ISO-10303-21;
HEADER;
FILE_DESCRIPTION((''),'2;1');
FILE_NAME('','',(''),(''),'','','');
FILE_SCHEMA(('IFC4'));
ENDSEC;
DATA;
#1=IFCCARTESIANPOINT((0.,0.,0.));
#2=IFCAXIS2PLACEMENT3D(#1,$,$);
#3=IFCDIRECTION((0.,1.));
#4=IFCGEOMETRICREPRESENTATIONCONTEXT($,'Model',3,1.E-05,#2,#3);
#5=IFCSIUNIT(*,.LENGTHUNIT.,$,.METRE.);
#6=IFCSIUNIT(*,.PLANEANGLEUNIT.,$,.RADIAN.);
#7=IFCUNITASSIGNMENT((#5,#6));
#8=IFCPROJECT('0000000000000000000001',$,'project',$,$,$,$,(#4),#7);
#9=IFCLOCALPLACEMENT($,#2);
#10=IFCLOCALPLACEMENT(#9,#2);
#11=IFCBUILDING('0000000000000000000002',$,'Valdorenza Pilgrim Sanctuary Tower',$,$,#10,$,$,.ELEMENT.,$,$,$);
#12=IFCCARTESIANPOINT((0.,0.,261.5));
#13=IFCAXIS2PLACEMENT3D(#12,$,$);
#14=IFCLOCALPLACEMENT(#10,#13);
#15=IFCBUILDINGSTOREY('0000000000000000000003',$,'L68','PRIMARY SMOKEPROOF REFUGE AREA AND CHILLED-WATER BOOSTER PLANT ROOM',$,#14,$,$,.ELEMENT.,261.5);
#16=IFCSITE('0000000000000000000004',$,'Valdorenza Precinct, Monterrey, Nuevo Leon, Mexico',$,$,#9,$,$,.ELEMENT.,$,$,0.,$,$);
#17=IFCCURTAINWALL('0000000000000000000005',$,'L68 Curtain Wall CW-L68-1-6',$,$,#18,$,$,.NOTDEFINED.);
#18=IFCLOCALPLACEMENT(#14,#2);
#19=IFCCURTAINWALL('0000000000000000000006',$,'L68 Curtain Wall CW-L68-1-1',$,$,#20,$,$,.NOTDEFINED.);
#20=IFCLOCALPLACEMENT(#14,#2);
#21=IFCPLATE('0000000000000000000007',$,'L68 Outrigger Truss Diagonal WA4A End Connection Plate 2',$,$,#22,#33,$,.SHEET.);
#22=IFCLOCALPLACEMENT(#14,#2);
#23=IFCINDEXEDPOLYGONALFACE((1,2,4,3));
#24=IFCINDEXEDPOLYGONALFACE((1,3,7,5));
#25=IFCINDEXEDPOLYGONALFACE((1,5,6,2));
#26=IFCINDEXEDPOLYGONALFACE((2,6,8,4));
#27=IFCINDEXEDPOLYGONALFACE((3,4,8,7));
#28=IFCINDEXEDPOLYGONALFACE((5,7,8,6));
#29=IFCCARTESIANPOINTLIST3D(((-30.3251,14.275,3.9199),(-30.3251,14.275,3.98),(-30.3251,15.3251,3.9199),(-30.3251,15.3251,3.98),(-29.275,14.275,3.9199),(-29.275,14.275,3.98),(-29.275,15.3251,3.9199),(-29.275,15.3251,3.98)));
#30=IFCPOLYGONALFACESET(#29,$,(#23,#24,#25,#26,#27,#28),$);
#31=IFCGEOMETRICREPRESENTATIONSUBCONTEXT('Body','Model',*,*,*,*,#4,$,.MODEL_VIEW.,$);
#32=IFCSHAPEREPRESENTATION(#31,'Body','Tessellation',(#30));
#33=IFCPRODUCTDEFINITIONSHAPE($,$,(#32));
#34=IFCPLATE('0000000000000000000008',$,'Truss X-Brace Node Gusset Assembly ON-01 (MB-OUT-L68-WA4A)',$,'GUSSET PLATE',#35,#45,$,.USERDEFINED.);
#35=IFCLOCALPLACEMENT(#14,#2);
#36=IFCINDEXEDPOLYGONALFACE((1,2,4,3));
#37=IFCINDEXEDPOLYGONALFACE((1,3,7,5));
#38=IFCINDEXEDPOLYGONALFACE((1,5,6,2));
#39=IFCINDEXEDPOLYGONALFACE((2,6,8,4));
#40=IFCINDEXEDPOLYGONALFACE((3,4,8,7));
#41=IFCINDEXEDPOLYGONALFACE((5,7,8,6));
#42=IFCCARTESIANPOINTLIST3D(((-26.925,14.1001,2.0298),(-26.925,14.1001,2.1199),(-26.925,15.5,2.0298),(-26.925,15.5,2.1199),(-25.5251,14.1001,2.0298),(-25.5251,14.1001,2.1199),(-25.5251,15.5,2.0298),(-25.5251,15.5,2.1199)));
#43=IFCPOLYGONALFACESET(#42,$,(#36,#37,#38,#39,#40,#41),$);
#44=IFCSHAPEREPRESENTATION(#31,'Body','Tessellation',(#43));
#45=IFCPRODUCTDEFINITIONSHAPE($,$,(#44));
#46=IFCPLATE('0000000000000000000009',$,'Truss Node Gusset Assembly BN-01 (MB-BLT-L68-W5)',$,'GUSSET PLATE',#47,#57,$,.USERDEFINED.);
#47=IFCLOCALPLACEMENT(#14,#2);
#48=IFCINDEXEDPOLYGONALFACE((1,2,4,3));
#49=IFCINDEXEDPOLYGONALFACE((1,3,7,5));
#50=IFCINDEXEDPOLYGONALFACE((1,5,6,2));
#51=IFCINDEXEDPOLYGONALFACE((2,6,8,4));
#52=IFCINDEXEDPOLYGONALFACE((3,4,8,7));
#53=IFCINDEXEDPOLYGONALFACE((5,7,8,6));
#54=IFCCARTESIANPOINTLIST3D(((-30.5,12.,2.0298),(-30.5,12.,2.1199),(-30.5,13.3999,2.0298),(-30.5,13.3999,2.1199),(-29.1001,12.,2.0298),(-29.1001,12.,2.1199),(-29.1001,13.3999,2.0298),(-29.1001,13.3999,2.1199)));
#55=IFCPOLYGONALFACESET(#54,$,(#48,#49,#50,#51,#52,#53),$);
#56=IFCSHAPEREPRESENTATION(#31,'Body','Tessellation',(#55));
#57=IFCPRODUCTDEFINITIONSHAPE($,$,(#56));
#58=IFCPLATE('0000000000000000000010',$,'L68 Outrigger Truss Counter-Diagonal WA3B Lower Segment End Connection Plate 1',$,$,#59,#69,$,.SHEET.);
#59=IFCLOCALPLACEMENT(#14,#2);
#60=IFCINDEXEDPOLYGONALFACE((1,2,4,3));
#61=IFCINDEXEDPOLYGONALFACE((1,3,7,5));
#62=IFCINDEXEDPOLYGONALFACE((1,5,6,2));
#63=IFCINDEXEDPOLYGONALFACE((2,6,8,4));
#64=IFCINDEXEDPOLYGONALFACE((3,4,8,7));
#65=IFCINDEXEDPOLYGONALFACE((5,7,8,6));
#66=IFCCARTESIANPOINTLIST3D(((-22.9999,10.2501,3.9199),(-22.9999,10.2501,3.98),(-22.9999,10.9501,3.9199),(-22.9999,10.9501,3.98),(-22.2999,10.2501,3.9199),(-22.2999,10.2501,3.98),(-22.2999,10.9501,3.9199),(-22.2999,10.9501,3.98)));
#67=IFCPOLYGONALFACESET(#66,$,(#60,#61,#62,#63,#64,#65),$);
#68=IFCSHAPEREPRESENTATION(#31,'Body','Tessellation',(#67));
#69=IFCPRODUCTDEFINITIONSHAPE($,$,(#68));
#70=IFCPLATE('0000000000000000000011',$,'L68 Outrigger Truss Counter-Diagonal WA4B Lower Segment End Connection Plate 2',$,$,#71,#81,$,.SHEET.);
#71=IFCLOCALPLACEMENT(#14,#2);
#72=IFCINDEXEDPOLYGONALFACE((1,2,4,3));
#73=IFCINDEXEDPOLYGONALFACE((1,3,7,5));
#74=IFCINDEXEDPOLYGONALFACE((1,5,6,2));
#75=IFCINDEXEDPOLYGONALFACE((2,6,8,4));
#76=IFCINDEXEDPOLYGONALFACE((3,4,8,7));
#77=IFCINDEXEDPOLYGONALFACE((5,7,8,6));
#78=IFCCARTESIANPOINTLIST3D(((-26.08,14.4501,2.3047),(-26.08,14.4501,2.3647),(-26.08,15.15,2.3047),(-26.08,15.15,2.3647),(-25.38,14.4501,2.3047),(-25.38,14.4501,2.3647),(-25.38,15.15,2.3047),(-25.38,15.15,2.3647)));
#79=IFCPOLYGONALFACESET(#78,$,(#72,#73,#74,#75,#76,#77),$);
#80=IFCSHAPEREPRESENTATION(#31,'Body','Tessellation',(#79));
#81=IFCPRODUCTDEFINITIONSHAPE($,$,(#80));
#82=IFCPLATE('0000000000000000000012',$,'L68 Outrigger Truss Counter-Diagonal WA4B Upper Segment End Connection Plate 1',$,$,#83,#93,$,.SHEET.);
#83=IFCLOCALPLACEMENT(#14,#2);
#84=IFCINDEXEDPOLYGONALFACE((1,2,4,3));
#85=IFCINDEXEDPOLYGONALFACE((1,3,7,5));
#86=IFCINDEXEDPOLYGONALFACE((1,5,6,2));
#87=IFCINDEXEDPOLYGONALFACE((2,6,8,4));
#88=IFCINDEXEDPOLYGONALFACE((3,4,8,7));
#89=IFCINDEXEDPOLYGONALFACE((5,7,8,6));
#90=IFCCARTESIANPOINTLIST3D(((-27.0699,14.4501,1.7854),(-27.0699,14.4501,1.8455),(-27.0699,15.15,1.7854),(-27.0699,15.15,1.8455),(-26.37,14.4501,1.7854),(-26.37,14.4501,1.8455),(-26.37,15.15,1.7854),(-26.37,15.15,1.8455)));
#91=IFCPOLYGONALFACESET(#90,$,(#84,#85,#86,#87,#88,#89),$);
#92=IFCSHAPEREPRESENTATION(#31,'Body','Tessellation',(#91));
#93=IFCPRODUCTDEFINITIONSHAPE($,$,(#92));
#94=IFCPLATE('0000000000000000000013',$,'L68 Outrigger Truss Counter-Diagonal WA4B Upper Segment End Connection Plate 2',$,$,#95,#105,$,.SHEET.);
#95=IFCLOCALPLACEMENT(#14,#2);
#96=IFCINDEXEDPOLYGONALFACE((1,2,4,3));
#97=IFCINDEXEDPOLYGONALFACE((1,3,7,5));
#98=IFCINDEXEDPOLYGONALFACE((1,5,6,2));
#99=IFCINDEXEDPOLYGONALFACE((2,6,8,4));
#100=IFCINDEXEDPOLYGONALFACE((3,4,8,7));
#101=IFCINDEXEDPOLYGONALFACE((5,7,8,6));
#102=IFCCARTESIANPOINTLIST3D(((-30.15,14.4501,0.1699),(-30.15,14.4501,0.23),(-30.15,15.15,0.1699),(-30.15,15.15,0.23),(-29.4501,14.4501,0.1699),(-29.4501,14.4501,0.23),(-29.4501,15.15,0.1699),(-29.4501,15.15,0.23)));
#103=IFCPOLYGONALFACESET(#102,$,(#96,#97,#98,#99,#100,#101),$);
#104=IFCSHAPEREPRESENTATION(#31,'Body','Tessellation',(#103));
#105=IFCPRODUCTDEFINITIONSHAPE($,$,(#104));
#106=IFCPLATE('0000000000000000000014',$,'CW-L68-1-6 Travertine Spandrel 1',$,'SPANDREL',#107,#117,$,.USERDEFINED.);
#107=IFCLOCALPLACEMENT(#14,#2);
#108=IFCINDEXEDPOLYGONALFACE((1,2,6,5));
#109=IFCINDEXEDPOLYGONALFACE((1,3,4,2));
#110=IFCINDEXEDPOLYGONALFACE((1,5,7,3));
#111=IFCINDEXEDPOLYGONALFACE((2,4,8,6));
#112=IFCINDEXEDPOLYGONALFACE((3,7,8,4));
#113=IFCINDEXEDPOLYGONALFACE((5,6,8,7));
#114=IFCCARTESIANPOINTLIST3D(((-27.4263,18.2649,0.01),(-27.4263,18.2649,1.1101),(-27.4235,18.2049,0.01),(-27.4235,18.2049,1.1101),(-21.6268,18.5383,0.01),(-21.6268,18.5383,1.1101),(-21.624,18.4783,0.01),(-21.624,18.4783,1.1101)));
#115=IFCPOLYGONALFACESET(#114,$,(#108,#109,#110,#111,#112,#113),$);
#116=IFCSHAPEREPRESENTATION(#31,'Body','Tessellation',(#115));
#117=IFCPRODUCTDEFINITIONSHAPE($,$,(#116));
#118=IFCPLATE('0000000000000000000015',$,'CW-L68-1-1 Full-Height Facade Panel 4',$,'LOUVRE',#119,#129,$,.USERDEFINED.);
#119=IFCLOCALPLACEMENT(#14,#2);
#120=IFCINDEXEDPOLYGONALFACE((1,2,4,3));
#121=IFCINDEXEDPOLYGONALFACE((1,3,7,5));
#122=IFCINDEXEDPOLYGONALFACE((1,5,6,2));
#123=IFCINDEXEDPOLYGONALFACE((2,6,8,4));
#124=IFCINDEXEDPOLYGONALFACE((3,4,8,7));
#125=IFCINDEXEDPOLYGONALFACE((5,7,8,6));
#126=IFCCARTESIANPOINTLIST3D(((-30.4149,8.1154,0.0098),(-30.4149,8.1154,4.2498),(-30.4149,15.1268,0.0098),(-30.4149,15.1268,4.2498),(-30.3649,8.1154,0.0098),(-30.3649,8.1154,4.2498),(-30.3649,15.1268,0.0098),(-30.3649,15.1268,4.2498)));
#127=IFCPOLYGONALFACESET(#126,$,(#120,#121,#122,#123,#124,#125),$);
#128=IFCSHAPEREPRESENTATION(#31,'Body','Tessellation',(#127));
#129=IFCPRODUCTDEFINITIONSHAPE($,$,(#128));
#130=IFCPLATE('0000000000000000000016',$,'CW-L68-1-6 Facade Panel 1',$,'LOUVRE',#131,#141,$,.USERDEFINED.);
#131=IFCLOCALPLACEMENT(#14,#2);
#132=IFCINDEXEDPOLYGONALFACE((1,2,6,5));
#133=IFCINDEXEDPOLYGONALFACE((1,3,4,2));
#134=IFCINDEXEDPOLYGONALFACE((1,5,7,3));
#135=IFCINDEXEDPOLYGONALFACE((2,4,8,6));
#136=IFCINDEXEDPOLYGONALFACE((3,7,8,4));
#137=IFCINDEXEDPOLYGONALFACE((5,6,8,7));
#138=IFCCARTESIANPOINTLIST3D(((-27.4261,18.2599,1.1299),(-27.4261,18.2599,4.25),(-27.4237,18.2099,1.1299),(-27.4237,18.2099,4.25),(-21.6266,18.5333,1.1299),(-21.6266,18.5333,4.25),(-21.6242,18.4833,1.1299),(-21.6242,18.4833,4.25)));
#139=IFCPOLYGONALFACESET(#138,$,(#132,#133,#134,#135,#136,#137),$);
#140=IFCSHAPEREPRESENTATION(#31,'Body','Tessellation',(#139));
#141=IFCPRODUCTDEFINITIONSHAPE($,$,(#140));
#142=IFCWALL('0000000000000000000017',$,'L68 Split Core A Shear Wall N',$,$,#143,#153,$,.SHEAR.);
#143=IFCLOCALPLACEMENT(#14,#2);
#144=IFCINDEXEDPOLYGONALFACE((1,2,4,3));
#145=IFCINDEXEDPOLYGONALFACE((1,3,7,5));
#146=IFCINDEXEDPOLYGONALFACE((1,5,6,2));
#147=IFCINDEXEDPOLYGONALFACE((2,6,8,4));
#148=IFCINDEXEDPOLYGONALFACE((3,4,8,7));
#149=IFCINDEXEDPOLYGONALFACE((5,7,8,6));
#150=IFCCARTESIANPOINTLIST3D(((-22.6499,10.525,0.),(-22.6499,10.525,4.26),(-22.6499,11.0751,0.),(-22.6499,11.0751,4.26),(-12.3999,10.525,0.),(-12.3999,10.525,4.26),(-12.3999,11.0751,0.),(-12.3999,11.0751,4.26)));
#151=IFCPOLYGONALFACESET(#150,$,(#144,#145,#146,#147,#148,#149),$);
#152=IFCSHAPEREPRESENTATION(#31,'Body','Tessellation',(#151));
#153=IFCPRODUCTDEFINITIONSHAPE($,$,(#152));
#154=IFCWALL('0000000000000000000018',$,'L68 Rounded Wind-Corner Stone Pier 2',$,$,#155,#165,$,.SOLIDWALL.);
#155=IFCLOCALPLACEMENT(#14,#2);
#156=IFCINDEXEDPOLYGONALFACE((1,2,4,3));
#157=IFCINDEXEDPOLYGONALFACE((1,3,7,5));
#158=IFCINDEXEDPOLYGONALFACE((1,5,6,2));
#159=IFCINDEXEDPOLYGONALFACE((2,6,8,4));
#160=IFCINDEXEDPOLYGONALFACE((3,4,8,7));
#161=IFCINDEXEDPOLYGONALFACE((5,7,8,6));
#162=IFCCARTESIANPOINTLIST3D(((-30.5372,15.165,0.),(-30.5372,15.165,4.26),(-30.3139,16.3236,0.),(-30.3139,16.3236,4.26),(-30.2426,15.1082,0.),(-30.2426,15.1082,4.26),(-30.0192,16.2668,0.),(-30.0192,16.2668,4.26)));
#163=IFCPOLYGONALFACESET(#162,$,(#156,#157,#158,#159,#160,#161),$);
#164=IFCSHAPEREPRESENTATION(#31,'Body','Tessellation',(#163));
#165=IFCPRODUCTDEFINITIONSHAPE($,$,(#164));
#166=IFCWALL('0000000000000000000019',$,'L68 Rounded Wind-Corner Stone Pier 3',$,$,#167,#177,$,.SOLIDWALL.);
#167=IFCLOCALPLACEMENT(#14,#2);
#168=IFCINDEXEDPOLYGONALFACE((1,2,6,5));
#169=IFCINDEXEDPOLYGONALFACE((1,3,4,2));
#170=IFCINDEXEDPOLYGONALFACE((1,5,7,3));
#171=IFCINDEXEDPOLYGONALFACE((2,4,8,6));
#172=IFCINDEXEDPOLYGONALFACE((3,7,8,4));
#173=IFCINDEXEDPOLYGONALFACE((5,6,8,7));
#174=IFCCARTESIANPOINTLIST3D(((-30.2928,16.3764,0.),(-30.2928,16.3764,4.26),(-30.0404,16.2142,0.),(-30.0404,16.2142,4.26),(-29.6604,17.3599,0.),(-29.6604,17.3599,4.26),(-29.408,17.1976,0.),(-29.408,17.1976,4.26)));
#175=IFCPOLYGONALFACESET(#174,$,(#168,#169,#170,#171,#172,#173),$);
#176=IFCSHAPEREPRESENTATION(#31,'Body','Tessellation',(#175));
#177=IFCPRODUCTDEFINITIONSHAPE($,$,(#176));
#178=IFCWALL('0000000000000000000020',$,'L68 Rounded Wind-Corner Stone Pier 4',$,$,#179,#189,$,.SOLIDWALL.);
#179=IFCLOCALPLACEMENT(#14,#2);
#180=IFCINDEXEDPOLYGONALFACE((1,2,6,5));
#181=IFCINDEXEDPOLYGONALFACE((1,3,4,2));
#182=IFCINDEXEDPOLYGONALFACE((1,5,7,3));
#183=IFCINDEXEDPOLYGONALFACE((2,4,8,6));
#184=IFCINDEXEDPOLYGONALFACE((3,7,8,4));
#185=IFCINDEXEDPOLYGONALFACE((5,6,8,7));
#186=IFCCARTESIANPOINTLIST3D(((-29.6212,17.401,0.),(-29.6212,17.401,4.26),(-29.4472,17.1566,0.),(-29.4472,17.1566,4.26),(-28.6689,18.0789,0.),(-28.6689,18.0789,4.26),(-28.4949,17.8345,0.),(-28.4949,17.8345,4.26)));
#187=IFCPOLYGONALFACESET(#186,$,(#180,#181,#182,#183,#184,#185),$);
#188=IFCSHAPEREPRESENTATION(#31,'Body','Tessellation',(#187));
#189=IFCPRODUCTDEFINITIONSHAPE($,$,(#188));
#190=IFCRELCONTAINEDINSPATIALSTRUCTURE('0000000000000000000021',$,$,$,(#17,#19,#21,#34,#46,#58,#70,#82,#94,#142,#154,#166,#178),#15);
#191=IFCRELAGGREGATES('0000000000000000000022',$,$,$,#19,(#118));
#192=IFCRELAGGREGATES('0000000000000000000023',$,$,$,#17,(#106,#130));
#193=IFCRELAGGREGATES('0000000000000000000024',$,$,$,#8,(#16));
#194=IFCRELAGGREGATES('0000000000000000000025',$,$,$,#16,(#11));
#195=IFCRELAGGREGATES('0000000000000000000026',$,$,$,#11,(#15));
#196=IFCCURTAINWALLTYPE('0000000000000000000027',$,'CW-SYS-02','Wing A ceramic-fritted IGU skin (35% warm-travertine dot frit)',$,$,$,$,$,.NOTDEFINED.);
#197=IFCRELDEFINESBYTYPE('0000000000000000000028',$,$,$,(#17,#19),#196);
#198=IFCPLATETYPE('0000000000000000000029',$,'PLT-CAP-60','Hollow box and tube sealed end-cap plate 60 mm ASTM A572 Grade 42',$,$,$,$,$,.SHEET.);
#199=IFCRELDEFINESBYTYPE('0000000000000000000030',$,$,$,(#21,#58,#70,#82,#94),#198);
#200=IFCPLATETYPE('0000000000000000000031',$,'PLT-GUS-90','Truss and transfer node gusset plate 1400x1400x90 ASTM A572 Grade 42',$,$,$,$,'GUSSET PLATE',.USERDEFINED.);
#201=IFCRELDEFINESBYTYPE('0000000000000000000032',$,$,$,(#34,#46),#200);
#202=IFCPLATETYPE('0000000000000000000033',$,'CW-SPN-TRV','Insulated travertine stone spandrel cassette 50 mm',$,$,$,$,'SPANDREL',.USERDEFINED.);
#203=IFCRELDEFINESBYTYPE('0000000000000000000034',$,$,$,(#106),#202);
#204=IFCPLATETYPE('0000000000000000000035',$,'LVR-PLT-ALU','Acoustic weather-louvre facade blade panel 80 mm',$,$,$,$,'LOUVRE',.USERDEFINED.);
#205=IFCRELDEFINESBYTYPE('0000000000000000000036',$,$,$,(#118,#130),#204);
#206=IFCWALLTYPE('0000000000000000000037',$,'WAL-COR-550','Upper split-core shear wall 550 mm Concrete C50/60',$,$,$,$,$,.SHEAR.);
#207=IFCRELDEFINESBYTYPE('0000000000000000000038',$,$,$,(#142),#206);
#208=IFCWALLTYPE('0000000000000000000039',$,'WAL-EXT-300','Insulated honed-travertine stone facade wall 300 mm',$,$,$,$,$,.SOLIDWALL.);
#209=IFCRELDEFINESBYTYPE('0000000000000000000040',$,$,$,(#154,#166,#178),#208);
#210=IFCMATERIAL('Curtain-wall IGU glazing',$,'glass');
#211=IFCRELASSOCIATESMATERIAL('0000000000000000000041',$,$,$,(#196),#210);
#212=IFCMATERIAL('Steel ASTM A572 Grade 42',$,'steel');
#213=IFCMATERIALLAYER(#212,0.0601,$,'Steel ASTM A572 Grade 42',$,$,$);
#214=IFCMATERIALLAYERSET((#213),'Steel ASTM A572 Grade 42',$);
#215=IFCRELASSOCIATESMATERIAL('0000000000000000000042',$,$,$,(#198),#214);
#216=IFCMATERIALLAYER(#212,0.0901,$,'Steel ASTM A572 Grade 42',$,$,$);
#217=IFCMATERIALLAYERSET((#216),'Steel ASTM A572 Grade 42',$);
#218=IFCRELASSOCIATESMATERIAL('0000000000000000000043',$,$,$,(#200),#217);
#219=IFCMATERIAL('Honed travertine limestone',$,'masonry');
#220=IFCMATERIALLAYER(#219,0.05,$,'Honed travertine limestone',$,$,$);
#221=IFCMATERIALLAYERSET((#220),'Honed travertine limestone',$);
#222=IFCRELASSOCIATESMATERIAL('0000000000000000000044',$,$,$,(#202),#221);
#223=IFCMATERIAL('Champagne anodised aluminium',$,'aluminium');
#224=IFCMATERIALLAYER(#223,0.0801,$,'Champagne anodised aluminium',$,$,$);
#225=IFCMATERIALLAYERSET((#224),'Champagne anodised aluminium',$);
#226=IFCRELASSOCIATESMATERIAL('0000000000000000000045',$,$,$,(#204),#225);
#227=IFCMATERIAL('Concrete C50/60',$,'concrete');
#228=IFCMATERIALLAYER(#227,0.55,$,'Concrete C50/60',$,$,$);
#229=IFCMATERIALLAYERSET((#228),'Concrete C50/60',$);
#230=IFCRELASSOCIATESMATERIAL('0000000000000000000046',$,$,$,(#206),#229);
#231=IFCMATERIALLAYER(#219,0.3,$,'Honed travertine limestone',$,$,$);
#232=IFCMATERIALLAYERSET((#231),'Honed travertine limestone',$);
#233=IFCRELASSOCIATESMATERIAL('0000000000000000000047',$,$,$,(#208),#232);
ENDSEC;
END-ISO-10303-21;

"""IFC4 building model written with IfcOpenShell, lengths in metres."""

from ifc_helpers import new_model, si_unit, direction, frame, frame_2d, origin, origin_2d, place, context, subcontext, project, spatial, rectangle, extrude, source, transform, mapped, material, layer, layer_set, type_object, element, aggregate, save


model = new_model("IFC4")

# Units and contexts
model_context = context("Model", 3, precision=1e-05, world=origin(), true_north=direction((0.0, 1.0)))
body_context = subcontext(model_context, "Body", "Model", "MODEL_VIEW")
ifc_project = project(units=[si_unit("LENGTHUNIT", "METRE"), si_unit("PLANEANGLEUNIT", "RADIAN")], contexts=[model_context])

# Site, building, storey
site_placement = place(None, origin())
site = spatial("IfcSite", under=ifc_project, at=site_placement, Name="Valdorenza Precinct, Monterrey, Nuevo Leon, Mexico", CompositionType="ELEMENT", RefElevation=0.0)
building_placement = place(site_placement, origin())
building = spatial("IfcBuilding", under=site, at=building_placement, Name="Valdorenza Pilgrim Sanctuary Tower", CompositionType="ELEMENT")
storey_placement = place(building_placement, frame((0.0, 0.0, 261.5)))
storey = spatial("IfcBuildingStorey", under=building, at=storey_placement, Name="L68", Description="PRIMARY SMOKEPROOF REFUGE AREA AND CHILLED-WATER BOOSTER PLANT ROOM", CompositionType="ELEMENT", Elevation=261.5)

# Shared definitions
ifc_material_1 = material(Name="Concrete C50/60", Category="concrete")

# Shared definitions
ifc_material_2 = material(Name="Steel ASTM A572 Grade 42", Category="steel")

# Curtain walls
ifc_material_3 = material(Name="Curtain-wall IGU glazing", Category="glass")
curtain_wall_type = type_object("IfcCurtainWallType", Name="CW-SYS-02", Description="Wing A ceramic-fritted IGU skin (35% warm-travertine dot frit)", PredefinedType="NOTDEFINED", material=ifc_material_3)
curtain_wall_1_placement = place(storey_placement, origin())
curtain_wall_1 = element("IfcCurtainWall", 1, at=curtain_wall_1_placement, inside=storey, type_object=curtain_wall_type, Name="L68 Curtain Wall CW-L68-1-6", PredefinedType="NOTDEFINED")
curtain_wall_2_placement = place(storey_placement, origin())
curtain_wall_2 = element("IfcCurtainWall", 2, at=curtain_wall_2_placement, inside=storey, type_object=curtain_wall_type, Name="L68 Curtain Wall CW-L68-1-1", PredefinedType="NOTDEFINED")

# Plates
ifc_layer_1 = layer(ifc_material_2, 0.0601, Name="Steel ASTM A572 Grade 42")
ifc_layer_set_1 = layer_set([ifc_layer_1], Name="Steel ASTM A572 Grade 42")
plate_type_1 = type_object("IfcPlateType", Name="PLT-CAP-60", Description="Hollow box and tube sealed end-cap plate 60 mm ASTM A572 Grade 42", PredefinedType="SHEET", material=ifc_layer_set_1)
shared_shape_1 = source(origin(), body_context, "Body", "SweptSolid", [
    extrude(rectangle(XDim=1.05, YDim=1.05, at=origin_2d()), origin(), (0.0, 0.0, 1.0), 0.0601),
])
for number, where, z_axis, x_axis, name in (
    (3, (-29.8, 14.8, 3.9199), (0.0, 0.0, 1.0), (1.0, 0.0, 0.0), "L68 Outrigger Truss Diagonal WA4A End Connection Plate 2"),
):
    element("IfcPlate", number, at=place(storey_placement, frame(where, z_axis=z_axis, x_axis=x_axis)), inside=storey, type_object=plate_type_1, Name=name, PredefinedType="SHEET", context=body_context, shape_type="MappedRepresentation", body=[
        mapped(shared_shape_1, transform((0.0, 0.0, 0.0), x_axis=(1.0, 0.0, 0.0), y_axis=(0.0, 1.0, 0.0), z_axis=(0.0, 0.0, 1.0), scale=1.0)),
    ])
ifc_layer_2 = layer(ifc_material_2, 0.0901, Name="Steel ASTM A572 Grade 42")
ifc_layer_set_2 = layer_set([ifc_layer_2], Name="Steel ASTM A572 Grade 42")
plate_type_2 = type_object("IfcPlateType", Name="PLT-GUS-90", Description="Truss and transfer node gusset plate 1400x1400x90 ASTM A572 Grade 42", ElementType="GUSSET PLATE", PredefinedType="USERDEFINED", material=ifc_layer_set_2)
shared_shape_2 = source(origin(), body_context, "Body", "SweptSolid", [
    extrude(rectangle(XDim=1.3999, YDim=1.3999, at=origin_2d()), origin(), (0.0, 0.0, 1.0), 0.0901),
])
for number, where, z_axis, x_axis, name in (
    (4, (-26.2251, 14.8, 2.0298), (0.0, 0.0, 1.0), (1.0, 0.0, 0.0), "Truss X-Brace Node Gusset Assembly ON-01 (MB-OUT-L68-WA4A)"),
    (5, (-29.8, 12.7, 2.0298), (0.0, 0.0, 1.0), (1.0, 0.0, 0.0), "Truss Node Gusset Assembly BN-01 (MB-BLT-L68-W5)"),
):
    element("IfcPlate", number, at=place(storey_placement, frame(where, z_axis=z_axis, x_axis=x_axis)), inside=storey, type_object=plate_type_2, Name=name, ObjectType="GUSSET PLATE", PredefinedType="USERDEFINED", context=body_context, shape_type="MappedRepresentation", body=[
        mapped(shared_shape_2, transform((0.0, 0.0, 0.0), x_axis=(1.0, 0.0, 0.0), y_axis=(0.0, 1.0, 0.0), z_axis=(0.0, 0.0, 1.0), scale=1.0)),
    ])
shared_shape_3 = source(origin(), body_context, "Body", "SweptSolid", [
    extrude(rectangle(XDim=0.7, YDim=0.7, at=origin_2d()), origin(), (0.0, 0.0, 1.0), 0.0601),
])
for number, where, z_axis, x_axis, name in (
    (6, (-22.6499, 10.6001, 3.9199), (0.0, 0.0, 1.0), (1.0, 0.0, 0.0), "L68 Outrigger Truss Counter-Diagonal WA3B Lower Segment End Connection Plate 1"),
    (7, (-25.73, 14.8, 2.3047), (0.0, 0.0, 1.0), (1.0, 0.0, 0.0), "L68 Outrigger Truss Counter-Diagonal WA4B Lower Segment End Connection Plate 2"),
    (8, (-26.72, 14.8, 1.7854), (0.0, 0.0, 1.0), (1.0, 0.0, 0.0), "L68 Outrigger Truss Counter-Diagonal WA4B Upper Segment End Connection Plate 1"),
    (9, (-29.8, 14.8, 0.1699), (0.0, 0.0, 1.0), (1.0, 0.0, 0.0), "L68 Outrigger Truss Counter-Diagonal WA4B Upper Segment End Connection Plate 2"),
):
    element("IfcPlate", number, at=place(storey_placement, frame(where, z_axis=z_axis, x_axis=x_axis)), inside=storey, type_object=plate_type_1, Name=name, PredefinedType="SHEET", context=body_context, shape_type="MappedRepresentation", body=[
        mapped(shared_shape_3, transform((0.0, 0.0, 0.0), x_axis=(1.0, 0.0, 0.0), y_axis=(0.0, 1.0, 0.0), z_axis=(0.0, 0.0, 1.0), scale=1.0)),
    ])

# Plates
ifc_material_4 = material(Name="Honed travertine limestone", Category="masonry")
ifc_layer_3 = layer(ifc_material_4, 0.05, Name="Honed travertine limestone")
ifc_layer_set_3 = layer_set([ifc_layer_3], Name="Honed travertine limestone")
plate_type_3 = type_object("IfcPlateType", Name="CW-SPN-TRV", Description="Insulated travertine stone spandrel cassette 50 mm", ElementType="SPANDREL", PredefinedType="USERDEFINED", material=ifc_layer_set_3)
shared_shape_4 = source(origin(), body_context, "Body", "SweptSolid", [
    extrude(rectangle(XDim=5.8059, YDim=0.0601, at=origin_2d()), origin(), (0.0, 0.0, 1.0), 1.1001),
])
plate_1_placement = place(storey_placement, frame((-24.5251, 18.3716, 0.01), z_axis=(0.0, 0.0, 1.0), x_axis=(0.998891, 0.047089, 0.0)))
plate_1 = element("IfcPlate", 10, at=plate_1_placement, type_object=plate_type_3, Name="CW-L68-1-6 Travertine Spandrel 1", ObjectType="SPANDREL", PredefinedType="USERDEFINED", context=body_context, shape_type="MappedRepresentation", body=[
    mapped(shared_shape_4, transform((0.0, 0.0, 0.0), x_axis=(1.0, 0.0, 0.0), y_axis=(0.0, 1.0, 0.0), z_axis=(0.0, 0.0, 1.0), scale=1.0)),
])
ifc_material_5 = material(Name="Champagne anodised aluminium", Category="aluminium")
ifc_layer_4 = layer(ifc_material_5, 0.0801, Name="Champagne anodised aluminium")
ifc_layer_set_4 = layer_set([ifc_layer_4], Name="Champagne anodised aluminium")
plate_type_4 = type_object("IfcPlateType", Name="LVR-PLT-ALU", Description="Acoustic weather-louvre facade blade panel 80 mm", ElementType="LOUVRE", PredefinedType="USERDEFINED", material=ifc_layer_set_4)
shared_shape_5 = source(origin(), body_context, "Body", "SweptSolid", [
    extrude(rectangle(XDim=7.0115, YDim=0.05, at=origin_2d()), origin(), (0.0, 0.0, 1.0), 4.24),
])
plate_2_placement = place(storey_placement, frame((-30.3899, 11.6211, 0.0098), z_axis=(0.0, 0.0, 1.0), x_axis=(0.0, 1.0, 0.0)))
plate_2 = element("IfcPlate", 11, at=plate_2_placement, type_object=plate_type_4, Name="CW-L68-1-1 Full-Height Facade Panel 4", ObjectType="LOUVRE", PredefinedType="USERDEFINED", context=body_context, shape_type="MappedRepresentation", body=[
    mapped(shared_shape_5, transform((0.0, 0.0, 0.0), x_axis=(1.0, 0.0, 0.0), y_axis=(0.0, 1.0, 0.0), z_axis=(0.0, 0.0, 1.0), scale=1.0)),
])
aggregate(curtain_wall_2, [plate_2])
shared_shape_6 = source(origin(), body_context, "Body", "SweptSolid", [
    extrude(rectangle(XDim=5.8059, YDim=0.05, at=origin_2d()), origin(), (0.0, 0.0, 1.0), 3.1201),
])
plate_3_placement = place(storey_placement, frame((-24.5251, 18.3716, 1.1299), z_axis=(0.0, 0.0, 1.0), x_axis=(0.998891, 0.047089, 0.0)))
plate_3 = element("IfcPlate", 12, at=plate_3_placement, type_object=plate_type_4, Name="CW-L68-1-6 Facade Panel 1", ObjectType="LOUVRE", PredefinedType="USERDEFINED", context=body_context, shape_type="MappedRepresentation", body=[
    mapped(shared_shape_6, transform((0.0, 0.0, 0.0), x_axis=(1.0, 0.0, 0.0), y_axis=(0.0, 1.0, 0.0), z_axis=(0.0, 0.0, 1.0), scale=1.0)),
])
aggregate(curtain_wall_1, [plate_1, plate_3])

# Walls
ifc_layer_5 = layer(ifc_material_1, 0.55, Name="Concrete C50/60")
ifc_layer_set_5 = layer_set([ifc_layer_5], Name="Concrete C50/60")
wall_type_1 = type_object("IfcWallType", Name="WAL-COR-550", Description="Upper split-core shear wall 550 mm Concrete C50/60", PredefinedType="SHEAR", material=ifc_layer_set_5)
wall_1_placement = place(storey_placement, frame((-22.6499, 10.8, 0.0), z_axis=(0.0, 0.0, 1.0), x_axis=(1.0, 0.0, 0.0)))
element("IfcWall", 13, at=wall_1_placement, inside=storey, type_object=wall_type_1, Name="L68 Split Core A Shear Wall N", PredefinedType="SHEAR", context=body_context, shape_type="SweptSolid", body=[
    extrude(rectangle(XDim=10.25, YDim=0.55, at=frame_2d((5.125, 0.0))), origin(), (0.0, 0.0, 1.0), 4.26),
])
ifc_layer_6 = layer(ifc_material_4, 0.3, Name="Honed travertine limestone")
ifc_layer_set_6 = layer_set([ifc_layer_6], Name="Honed travertine limestone")
wall_type_2 = type_object("IfcWallType", Name="WAL-EXT-300", Description="Insulated honed-travertine stone facade wall 300 mm", PredefinedType="SOLIDWALL", material=ifc_layer_set_6)
wall_2_placement = place(storey_placement, frame((-30.3899, 15.1367, 0.0), z_axis=(0.0, 0.0, 1.0), x_axis=(0.189308, 0.981918, 0.0)))
element("IfcWall", 14, at=wall_2_placement, inside=storey, type_object=wall_type_2, Name="L68 Rounded Wind-Corner Stone Pier 2", PredefinedType="SOLIDWALL", context=body_context, shape_type="SweptSolid", body=[
    extrude(rectangle(XDim=1.1799, YDim=0.3, at=frame_2d((0.5898, 0.0))), origin(), (0.0, 0.0, 1.0), 4.26),
])
wall_3_placement = place(storey_placement, frame((-30.1665, 16.2954, 0.0), z_axis=(0.0, 0.0, 1.0), x_axis=(0.540842, 0.841124, 0.0)))
element("IfcWall", 15, at=wall_3_placement, inside=storey, type_object=wall_type_2, Name="L68 Rounded Wind-Corner Stone Pier 3", PredefinedType="SOLIDWALL", context=body_context, shape_type="SweptSolid", body=[
    extrude(rectangle(XDim=1.1692, YDim=0.3, at=frame_2d((0.5845, 0.0))), origin(), (0.0, 0.0, 1.0), 4.26),
])
wall_4_placement = place(storey_placement, frame((-29.5342, 17.2788, 0.0), z_axis=(0.0, 0.0, 1.0), x_axis=(0.814664, 0.579934, 0.0)))
element("IfcWall", 16, at=wall_4_placement, inside=storey, type_object=wall_type_2, Name="L68 Rounded Wind-Corner Stone Pier 4", PredefinedType="SOLIDWALL", context=body_context, shape_type="SweptSolid", body=[
    extrude(rectangle(XDim=1.1689, YDim=0.3, at=frame_2d((0.5845, 0.0))), origin(), (0.0, 0.0, 1.0), 4.26),
])

save(model, "model.ifc")
